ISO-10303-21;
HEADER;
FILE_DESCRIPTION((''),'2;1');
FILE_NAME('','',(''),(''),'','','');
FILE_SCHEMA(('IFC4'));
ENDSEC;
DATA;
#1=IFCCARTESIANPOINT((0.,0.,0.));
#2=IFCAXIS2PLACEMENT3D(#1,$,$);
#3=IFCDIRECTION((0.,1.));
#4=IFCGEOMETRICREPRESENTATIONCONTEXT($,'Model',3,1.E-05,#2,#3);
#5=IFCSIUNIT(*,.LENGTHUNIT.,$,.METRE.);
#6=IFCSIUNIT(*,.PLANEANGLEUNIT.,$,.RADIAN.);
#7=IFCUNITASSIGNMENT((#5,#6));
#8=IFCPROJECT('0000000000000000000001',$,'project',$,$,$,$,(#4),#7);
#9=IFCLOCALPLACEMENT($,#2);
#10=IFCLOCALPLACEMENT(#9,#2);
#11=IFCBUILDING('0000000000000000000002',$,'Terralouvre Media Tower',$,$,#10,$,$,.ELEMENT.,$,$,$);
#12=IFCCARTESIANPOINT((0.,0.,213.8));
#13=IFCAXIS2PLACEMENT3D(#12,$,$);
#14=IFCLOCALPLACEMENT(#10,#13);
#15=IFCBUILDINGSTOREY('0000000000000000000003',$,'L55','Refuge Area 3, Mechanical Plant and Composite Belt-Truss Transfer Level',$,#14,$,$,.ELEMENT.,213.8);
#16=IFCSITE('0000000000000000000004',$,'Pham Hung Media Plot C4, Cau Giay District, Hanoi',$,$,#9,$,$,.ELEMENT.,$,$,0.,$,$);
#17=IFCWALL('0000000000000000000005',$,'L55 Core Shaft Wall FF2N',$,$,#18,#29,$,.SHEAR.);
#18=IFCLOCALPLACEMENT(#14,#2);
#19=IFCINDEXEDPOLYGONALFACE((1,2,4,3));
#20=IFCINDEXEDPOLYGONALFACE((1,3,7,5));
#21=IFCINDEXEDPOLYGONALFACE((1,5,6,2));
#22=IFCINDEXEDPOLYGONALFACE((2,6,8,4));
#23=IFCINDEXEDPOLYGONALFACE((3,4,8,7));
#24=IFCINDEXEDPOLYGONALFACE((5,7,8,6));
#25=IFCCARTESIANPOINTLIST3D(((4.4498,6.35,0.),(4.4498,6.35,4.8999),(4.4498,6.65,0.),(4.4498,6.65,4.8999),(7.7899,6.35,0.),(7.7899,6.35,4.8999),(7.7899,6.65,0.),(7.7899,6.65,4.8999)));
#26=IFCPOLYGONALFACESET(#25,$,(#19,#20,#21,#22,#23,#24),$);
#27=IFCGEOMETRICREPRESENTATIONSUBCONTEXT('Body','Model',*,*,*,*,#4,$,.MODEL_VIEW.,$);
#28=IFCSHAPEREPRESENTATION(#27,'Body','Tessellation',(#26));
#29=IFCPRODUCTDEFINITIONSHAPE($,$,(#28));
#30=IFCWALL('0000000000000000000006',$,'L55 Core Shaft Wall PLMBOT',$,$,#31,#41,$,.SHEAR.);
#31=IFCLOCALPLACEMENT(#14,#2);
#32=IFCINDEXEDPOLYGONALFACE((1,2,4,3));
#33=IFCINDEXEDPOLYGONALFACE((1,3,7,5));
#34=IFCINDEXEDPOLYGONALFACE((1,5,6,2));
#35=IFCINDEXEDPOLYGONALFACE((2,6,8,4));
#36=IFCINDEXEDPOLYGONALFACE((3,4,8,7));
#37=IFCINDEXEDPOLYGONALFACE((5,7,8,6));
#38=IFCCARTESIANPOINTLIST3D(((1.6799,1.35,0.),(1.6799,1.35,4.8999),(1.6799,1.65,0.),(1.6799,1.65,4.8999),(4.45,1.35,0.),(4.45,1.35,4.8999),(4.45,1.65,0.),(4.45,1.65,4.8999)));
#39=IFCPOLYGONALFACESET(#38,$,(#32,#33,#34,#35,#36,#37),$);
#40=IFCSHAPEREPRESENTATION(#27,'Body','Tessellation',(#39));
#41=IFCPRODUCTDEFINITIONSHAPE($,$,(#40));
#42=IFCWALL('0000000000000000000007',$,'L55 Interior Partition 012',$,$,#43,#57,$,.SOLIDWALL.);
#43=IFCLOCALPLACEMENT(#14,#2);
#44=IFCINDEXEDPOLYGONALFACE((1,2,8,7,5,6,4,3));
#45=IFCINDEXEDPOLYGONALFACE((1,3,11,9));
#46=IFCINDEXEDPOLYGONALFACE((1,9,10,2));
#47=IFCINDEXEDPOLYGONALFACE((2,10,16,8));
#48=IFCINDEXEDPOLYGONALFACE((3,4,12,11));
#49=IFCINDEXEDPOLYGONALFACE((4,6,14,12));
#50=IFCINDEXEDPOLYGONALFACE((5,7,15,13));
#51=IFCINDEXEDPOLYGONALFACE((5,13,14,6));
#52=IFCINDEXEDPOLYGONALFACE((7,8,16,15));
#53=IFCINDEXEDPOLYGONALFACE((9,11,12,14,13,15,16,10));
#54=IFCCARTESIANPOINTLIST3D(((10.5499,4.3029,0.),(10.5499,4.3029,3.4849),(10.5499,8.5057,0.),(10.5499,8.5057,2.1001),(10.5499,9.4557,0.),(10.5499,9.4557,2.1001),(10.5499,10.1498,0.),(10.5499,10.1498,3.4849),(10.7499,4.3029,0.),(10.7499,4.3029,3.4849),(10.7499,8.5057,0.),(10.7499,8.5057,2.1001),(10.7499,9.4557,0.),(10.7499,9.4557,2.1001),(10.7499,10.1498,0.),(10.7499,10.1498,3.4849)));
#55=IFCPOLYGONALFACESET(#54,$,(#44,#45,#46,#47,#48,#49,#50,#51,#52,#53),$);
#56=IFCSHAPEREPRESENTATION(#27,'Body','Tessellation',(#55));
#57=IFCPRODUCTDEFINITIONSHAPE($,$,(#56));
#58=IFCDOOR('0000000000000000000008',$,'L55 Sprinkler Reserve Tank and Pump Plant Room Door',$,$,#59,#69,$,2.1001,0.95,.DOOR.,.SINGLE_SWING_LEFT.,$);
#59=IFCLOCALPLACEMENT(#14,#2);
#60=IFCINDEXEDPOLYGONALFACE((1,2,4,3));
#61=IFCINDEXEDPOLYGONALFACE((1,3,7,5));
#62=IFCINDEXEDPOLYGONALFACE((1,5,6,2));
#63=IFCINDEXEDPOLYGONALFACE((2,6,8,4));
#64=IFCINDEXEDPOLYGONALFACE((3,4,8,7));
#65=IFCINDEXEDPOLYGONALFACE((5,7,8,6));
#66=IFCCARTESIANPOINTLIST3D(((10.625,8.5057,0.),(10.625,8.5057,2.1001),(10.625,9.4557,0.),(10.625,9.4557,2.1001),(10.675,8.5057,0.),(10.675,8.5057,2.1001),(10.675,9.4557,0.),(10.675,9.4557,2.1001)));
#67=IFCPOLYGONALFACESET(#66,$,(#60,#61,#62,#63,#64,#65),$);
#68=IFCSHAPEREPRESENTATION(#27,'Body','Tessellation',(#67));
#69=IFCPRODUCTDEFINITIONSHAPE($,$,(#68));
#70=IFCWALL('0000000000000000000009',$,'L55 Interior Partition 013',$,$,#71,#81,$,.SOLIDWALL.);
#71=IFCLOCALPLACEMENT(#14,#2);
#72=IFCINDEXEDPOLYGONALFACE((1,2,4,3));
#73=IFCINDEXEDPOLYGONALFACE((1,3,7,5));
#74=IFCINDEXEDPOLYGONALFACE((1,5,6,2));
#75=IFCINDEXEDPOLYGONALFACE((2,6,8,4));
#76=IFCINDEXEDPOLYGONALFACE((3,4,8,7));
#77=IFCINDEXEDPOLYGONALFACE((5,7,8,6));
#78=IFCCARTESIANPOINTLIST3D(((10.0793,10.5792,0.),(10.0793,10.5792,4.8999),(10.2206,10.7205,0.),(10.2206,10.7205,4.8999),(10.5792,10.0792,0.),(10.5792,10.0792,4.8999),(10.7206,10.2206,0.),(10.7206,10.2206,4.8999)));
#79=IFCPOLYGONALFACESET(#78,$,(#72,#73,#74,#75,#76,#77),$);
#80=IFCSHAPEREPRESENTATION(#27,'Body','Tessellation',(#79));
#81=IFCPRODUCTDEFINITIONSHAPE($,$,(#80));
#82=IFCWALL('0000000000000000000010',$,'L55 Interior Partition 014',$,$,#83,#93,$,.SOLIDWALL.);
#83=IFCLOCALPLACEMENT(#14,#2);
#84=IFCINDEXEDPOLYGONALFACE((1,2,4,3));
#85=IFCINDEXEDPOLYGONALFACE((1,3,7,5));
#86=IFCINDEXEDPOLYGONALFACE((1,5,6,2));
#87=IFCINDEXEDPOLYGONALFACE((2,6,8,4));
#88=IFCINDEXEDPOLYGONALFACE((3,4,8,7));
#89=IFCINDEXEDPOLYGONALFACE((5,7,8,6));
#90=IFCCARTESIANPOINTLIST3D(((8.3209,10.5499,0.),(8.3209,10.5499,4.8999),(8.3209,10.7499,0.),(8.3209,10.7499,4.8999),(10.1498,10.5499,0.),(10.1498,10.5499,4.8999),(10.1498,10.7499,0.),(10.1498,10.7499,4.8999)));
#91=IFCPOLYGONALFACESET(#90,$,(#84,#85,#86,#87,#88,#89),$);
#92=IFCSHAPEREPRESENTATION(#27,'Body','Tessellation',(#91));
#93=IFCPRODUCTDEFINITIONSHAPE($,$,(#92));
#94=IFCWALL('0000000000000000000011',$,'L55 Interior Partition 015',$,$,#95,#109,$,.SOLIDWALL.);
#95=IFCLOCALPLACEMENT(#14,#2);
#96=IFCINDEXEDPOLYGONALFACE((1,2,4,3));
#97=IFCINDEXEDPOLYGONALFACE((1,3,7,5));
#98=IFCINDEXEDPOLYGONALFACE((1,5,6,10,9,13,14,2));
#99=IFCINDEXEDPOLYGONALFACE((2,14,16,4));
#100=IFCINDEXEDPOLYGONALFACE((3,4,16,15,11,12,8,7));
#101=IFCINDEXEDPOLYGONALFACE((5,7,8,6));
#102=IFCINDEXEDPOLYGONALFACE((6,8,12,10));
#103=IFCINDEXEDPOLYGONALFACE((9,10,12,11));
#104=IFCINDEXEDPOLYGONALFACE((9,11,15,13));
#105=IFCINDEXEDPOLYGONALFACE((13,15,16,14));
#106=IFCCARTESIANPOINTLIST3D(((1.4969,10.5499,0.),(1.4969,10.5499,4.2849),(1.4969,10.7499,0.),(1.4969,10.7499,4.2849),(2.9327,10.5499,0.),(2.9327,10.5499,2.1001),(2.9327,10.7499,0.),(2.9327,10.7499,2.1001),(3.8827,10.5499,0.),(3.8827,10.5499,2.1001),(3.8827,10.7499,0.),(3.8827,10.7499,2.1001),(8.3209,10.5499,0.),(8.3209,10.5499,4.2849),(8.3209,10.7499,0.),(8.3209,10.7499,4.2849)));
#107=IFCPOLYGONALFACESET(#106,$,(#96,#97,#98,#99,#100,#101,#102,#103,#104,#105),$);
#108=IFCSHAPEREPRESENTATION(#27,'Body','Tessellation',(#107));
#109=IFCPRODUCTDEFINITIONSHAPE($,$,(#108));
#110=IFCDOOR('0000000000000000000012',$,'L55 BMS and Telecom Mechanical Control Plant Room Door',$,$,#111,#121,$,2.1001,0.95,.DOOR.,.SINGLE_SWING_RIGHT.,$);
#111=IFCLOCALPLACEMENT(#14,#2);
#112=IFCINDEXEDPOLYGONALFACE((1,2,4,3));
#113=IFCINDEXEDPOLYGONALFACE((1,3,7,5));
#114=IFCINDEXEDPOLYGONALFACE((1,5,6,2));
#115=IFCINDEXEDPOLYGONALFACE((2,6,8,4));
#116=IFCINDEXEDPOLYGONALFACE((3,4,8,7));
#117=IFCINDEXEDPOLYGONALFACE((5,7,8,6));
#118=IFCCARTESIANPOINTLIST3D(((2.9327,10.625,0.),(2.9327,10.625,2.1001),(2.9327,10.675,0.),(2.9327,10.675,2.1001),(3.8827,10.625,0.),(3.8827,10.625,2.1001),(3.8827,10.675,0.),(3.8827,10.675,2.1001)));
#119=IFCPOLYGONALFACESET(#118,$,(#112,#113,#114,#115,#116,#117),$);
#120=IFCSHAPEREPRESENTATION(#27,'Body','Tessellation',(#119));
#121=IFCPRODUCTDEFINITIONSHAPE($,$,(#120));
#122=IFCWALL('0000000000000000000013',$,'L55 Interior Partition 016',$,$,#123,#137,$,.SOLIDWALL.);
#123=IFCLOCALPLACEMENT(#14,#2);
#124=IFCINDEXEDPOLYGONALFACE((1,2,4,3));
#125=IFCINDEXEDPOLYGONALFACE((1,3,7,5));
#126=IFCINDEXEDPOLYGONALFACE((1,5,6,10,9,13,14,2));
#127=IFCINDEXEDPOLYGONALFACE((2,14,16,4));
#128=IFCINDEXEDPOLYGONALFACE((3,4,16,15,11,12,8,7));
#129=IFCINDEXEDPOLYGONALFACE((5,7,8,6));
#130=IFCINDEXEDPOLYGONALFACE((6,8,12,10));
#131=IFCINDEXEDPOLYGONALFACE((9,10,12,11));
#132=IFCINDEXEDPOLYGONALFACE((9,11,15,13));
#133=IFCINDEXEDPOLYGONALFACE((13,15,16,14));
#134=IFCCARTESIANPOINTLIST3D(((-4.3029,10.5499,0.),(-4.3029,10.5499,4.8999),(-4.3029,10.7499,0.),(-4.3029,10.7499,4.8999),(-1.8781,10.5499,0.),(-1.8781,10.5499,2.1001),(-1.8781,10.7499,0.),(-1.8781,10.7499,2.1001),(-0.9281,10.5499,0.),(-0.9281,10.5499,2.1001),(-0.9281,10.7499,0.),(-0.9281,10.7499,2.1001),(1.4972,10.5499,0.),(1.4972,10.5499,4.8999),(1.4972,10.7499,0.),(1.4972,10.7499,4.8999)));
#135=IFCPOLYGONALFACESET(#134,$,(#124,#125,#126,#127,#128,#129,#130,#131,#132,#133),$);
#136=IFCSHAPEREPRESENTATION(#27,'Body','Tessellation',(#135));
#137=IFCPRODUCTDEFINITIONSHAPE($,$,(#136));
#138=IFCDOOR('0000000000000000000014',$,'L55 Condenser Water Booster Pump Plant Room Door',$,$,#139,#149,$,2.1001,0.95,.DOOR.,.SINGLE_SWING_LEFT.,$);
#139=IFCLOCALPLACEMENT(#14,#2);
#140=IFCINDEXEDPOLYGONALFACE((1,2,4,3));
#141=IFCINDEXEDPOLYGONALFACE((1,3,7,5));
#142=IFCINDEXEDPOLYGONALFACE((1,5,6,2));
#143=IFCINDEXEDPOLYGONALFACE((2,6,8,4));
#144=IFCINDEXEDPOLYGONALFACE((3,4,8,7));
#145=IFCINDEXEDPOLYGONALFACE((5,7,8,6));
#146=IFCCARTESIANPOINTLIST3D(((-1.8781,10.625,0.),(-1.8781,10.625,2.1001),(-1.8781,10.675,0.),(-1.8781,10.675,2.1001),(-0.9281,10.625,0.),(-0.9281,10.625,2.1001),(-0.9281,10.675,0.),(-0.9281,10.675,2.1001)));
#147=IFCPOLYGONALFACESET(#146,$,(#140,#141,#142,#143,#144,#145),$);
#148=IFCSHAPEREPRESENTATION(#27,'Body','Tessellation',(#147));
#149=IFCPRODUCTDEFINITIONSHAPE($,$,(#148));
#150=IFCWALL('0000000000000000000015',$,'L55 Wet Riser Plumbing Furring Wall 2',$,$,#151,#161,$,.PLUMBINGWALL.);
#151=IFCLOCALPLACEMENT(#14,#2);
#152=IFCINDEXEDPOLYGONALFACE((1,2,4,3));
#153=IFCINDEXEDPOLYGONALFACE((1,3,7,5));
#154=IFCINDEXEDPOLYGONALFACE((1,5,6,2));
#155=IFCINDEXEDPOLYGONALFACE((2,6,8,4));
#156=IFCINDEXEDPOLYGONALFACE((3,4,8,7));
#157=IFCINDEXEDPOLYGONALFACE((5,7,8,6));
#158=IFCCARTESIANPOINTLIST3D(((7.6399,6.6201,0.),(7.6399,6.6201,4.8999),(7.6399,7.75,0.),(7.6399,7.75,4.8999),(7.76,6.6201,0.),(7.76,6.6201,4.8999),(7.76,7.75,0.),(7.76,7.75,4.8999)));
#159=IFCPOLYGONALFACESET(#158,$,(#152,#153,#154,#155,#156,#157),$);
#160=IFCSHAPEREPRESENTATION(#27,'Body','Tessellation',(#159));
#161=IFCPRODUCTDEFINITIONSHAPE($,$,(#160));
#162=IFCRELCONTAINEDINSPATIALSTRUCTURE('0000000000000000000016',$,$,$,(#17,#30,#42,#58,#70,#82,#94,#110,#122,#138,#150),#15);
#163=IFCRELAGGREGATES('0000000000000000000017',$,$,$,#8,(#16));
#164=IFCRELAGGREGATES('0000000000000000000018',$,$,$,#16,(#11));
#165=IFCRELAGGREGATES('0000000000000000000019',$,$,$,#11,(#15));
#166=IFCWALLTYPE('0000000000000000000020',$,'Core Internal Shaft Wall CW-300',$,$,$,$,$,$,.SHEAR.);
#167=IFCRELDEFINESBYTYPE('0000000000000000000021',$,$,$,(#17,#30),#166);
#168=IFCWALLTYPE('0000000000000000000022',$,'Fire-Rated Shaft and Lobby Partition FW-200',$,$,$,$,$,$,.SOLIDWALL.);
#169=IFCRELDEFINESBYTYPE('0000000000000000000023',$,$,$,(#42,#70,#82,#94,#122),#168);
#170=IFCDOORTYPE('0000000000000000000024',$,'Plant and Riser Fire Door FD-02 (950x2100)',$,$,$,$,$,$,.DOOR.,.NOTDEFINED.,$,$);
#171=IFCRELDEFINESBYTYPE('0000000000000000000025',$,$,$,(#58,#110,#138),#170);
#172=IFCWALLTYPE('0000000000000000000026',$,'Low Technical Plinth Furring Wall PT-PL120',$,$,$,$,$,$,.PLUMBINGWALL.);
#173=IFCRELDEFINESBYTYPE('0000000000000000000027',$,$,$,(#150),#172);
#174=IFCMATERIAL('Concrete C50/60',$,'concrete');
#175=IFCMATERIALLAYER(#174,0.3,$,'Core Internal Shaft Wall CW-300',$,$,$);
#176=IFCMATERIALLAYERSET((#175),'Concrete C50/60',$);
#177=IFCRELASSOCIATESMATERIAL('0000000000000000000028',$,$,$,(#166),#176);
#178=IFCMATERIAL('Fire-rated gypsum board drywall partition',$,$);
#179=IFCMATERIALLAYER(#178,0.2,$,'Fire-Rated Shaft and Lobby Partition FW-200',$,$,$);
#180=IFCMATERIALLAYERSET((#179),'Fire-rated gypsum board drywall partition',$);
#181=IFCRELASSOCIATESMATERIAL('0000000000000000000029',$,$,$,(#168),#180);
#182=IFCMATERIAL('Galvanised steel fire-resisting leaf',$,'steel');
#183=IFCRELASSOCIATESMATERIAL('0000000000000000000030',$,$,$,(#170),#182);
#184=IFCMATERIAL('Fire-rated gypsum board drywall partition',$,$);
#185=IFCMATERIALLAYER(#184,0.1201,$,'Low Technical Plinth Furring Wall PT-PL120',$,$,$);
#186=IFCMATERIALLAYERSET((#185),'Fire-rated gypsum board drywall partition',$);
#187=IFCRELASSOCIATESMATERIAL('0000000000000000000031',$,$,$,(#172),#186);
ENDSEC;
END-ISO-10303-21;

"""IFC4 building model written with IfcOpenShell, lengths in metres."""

from ifc_helpers import new_model, si_unit, direction, frame, frame_2d, origin, place, context, subcontext, project, spatial, rectangle, extrude, material, layer, layer_set, type_object, element, fill, save


model = new_model("IFC4")

# Units and contexts
model_context = context("Model", 3, precision=1e-05, world=origin(), true_north=direction((0.0, 1.0)))
body_context = subcontext(model_context, "Body", "Model", "MODEL_VIEW")
ifc_project = project(units=[si_unit("LENGTHUNIT", "METRE"), si_unit("PLANEANGLEUNIT", "RADIAN")], contexts=[model_context])

# Site, building, storey
site_placement = place(None, origin())
site = spatial("IfcSite", under=ifc_project, at=site_placement, Name="Pham Hung Media Plot C4, Cau Giay District, Hanoi", CompositionType="ELEMENT", RefElevation=0.0)
building_placement = place(site_placement, origin())
building = spatial("IfcBuilding", under=site, at=building_placement, Name="Terralouvre Media Tower", CompositionType="ELEMENT")
storey_placement = place(building_placement, frame((0.0, 0.0, 213.8)))
storey = spatial("IfcBuildingStorey", under=building, at=storey_placement, Name="L55", Description="Refuge Area 3, Mechanical Plant and Composite Belt-Truss Transfer Level", CompositionType="ELEMENT", Elevation=213.8)

# Shared definitions
ifc_material_1 = material(Name="Concrete C50/60", Category="concrete")
ifc_layer_1 = layer(ifc_material_1, 0.3, Name="Core Internal Shaft Wall CW-300")
ifc_layer_set_1 = layer_set([ifc_layer_1], Name="Concrete C50/60")
wall_type_1 = type_object("IfcWallType", Name="Core Internal Shaft Wall CW-300", PredefinedType="SHEAR", material=ifc_layer_set_1)

# Walls
wall_1_placement = place(storey_placement, frame((4.45, 6.5, 0.0), z_axis=(0.0, 0.0, 1.0), x_axis=(1.0, 0.0, 0.0)))
element("IfcWall", 1, at=wall_1_placement, inside=storey, type_object=wall_type_1, Name="L55 Core Shaft Wall FF2N", PredefinedType="SHEAR", context=body_context, shape_type="SweptSolid", body=[
    extrude(rectangle(XDim=3.3401, YDim=0.3, at=frame_2d((1.6699, 0.0))), origin(), (0.0, 0.0, 1.0), 4.8999),
])
wall_2_placement = place(storey_placement, frame((1.6799, 1.5, 0.0), z_axis=(0.0, 0.0, 1.0), x_axis=(1.0, 0.0, 0.0)))
element("IfcWall", 2, at=wall_2_placement, inside=storey, type_object=wall_type_1, Name="L55 Core Shaft Wall PLMBOT", PredefinedType="SHEAR", context=body_context, shape_type="SweptSolid", body=[
    extrude(rectangle(XDim=2.77, YDim=0.3, at=frame_2d((1.385, 0.0))), origin(), (0.0, 0.0, 1.0), 4.8999),
])

# Wall, opening, door
ifc_material_2 = material(Name="Fire-rated gypsum board drywall partition")
ifc_layer_2 = layer(ifc_material_2, 0.2, Name="Fire-Rated Shaft and Lobby Partition FW-200")
ifc_layer_set_2 = layer_set([ifc_layer_2], Name="Fire-rated gypsum board drywall partition")
wall_type_2 = type_object("IfcWallType", Name="Fire-Rated Shaft and Lobby Partition FW-200", PredefinedType="SOLIDWALL", material=ifc_layer_set_2)
wall_3_placement = place(storey_placement, frame((10.6499, 4.303, 0.0), z_axis=(0.0, 0.0, 1.0), x_axis=(0.0, 1.0, 0.0)))
wall_3 = element("IfcWall", 3, at=wall_3_placement, inside=storey, type_object=wall_type_2, Name="L55 Interior Partition 012", PredefinedType="SOLIDWALL", context=body_context, shape_type="SweptSolid", body=[
    extrude(rectangle(XDim=5.8469, YDim=0.2, at=frame_2d((2.9233, 0.0))), origin(), (0.0, 0.0, 1.0), 3.4849),
])
opening_1_placement = place(wall_3_placement, frame((4.2026, 0.0, 0.0)))
opening_1 = element("IfcOpeningElement", 4, at=opening_1_placement, cuts=wall_3, PredefinedType="OPENING", context=body_context, shape_type="SweptSolid", body=[
    extrude(rectangle(XDim=0.95, YDim=2.1001, at=frame_2d((0.4751, 1.05))), frame((0.0, 0.1099, 0.0), z_axis=(0.0, -1.0, 0.0), x_axis=(1.0, 0.0, 0.0)), (0.0, 0.0, 1.0), 0.22),
])
ifc_material_3 = material(Name="Galvanised steel fire-resisting leaf", Category="steel")
door_type_1 = type_object("IfcDoorType", Name="Plant and Riser Fire Door FD-02 (950x2100)", OperationType="NOTDEFINED", PredefinedType="DOOR", material=ifc_material_3)
door_1_placement = place(opening_1_placement, origin())
door_1 = element("IfcDoor", 5, at=door_1_placement, inside=storey, type_object=door_type_1, Name="L55 Sprinkler Reserve Tank and Pump Plant Room Door", OperationType="SINGLE_SWING_LEFT", OverallHeight=2.1001, OverallWidth=0.95, PredefinedType="DOOR", context=body_context, shape_type="SweptSolid", body=[
    extrude(rectangle(XDim=0.95, YDim=2.1001, at=frame_2d((0.4751, 1.05))), frame((0.0, 0.0249, 0.0), z_axis=(0.0, -1.0, 0.0), x_axis=(1.0, 0.0, 0.0)), (0.0, 0.0, 1.0), 0.05),
])
fill(opening_1, door_1)

# Walls
wall_4_placement = place(storey_placement, frame((10.6499, 10.1499, 0.0), z_axis=(0.0, 0.0, 1.0), x_axis=(-0.707107, 0.707107, 0.0)))
element("IfcWall", 6, at=wall_4_placement, inside=storey, type_object=wall_type_2, Name="L55 Interior Partition 013", PredefinedType="SOLIDWALL", context=body_context, shape_type="SweptSolid", body=[
    extrude(rectangle(XDim=0.707, YDim=0.2, at=frame_2d((0.3535, 0.0))), origin(), (0.0, 0.0, 1.0), 4.8999),
])
wall_5_placement = place(storey_placement, frame((10.1499, 10.6499, 0.0), z_axis=(0.0, 0.0, 1.0), x_axis=(-1.0, 0.0, 0.0)))
element("IfcWall", 7, at=wall_5_placement, inside=storey, type_object=wall_type_2, Name="L55 Interior Partition 014", PredefinedType="SOLIDWALL", context=body_context, shape_type="SweptSolid", body=[
    extrude(rectangle(XDim=1.8289, YDim=0.2, at=frame_2d((0.9146, 0.0))), origin(), (0.0, 0.0, 1.0), 4.8999),
])

# Walls, openings, doors
wall_6_placement = place(storey_placement, frame((8.321, 10.6499, 0.0), z_axis=(0.0, 0.0, 1.0), x_axis=(-1.0, 0.0, 0.0)))
wall_6 = element("IfcWall", 8, at=wall_6_placement, inside=storey, type_object=wall_type_2, Name="L55 Interior Partition 015", PredefinedType="SOLIDWALL", context=body_context, shape_type="SweptSolid", body=[
    extrude(rectangle(XDim=6.824, YDim=0.2, at=frame_2d((3.4121, 0.0))), origin(), (0.0, 0.0, 1.0), 4.2849),
])
opening_2_placement = place(wall_6_placement, frame((4.4382, 0.0, 0.0)))
opening_2 = element("IfcOpeningElement", 9, at=opening_2_placement, cuts=wall_6, PredefinedType="OPENING", context=body_context, shape_type="SweptSolid", body=[
    extrude(rectangle(XDim=0.95, YDim=2.1001, at=frame_2d((0.4751, 1.05))), frame((0.0, 0.1099, 0.0), z_axis=(0.0, -1.0, 0.0), x_axis=(1.0, 0.0, 0.0)), (0.0, 0.0, 1.0), 0.22),
])
door_2_placement = place(opening_2_placement, origin())
door_2 = element("IfcDoor", 10, at=door_2_placement, inside=storey, type_object=door_type_1, Name="L55 BMS and Telecom Mechanical Control Plant Room Door", OperationType="SINGLE_SWING_RIGHT", OverallHeight=2.1001, OverallWidth=0.95, PredefinedType="DOOR", context=body_context, shape_type="SweptSolid", body=[
    extrude(rectangle(XDim=0.95, YDim=2.1001, at=frame_2d((0.4751, 1.05))), frame((0.0, 0.0249, 0.0), z_axis=(0.0, -1.0, 0.0), x_axis=(1.0, 0.0, 0.0)), (0.0, 0.0, 1.0), 0.05),
])
fill(opening_2, door_2)
wall_7_placement = place(storey_placement, frame((1.4971, 10.6499, 0.0), z_axis=(0.0, 0.0, 1.0), x_axis=(-1.0, 0.0, 0.0)))
wall_7 = element("IfcWall", 11, at=wall_7_placement, inside=storey, type_object=wall_type_2, Name="L55 Interior Partition 016", PredefinedType="SOLIDWALL", context=body_context, shape_type="SweptSolid", body=[
    extrude(rectangle(XDim=5.8, YDim=0.2, at=frame_2d((2.8999, 0.0))), origin(), (0.0, 0.0, 1.0), 4.8999),
])
opening_3_placement = place(wall_7_placement, frame((2.425, 0.0, 0.0)))
opening_3 = element("IfcOpeningElement", 12, at=opening_3_placement, cuts=wall_7, PredefinedType="OPENING", context=body_context, shape_type="SweptSolid", body=[
    extrude(rectangle(XDim=0.95, YDim=2.1001, at=frame_2d((0.4751, 1.05))), frame((0.0, 0.1099, 0.0), z_axis=(0.0, -1.0, 0.0), x_axis=(1.0, 0.0, 0.0)), (0.0, 0.0, 1.0), 0.22),
])
door_3_placement = place(opening_3_placement, origin())
door_3 = element("IfcDoor", 13, at=door_3_placement, inside=storey, type_object=door_type_1, Name="L55 Condenser Water Booster Pump Plant Room Door", OperationType="SINGLE_SWING_LEFT", OverallHeight=2.1001, OverallWidth=0.95, PredefinedType="DOOR", context=body_context, shape_type="SweptSolid", body=[
    extrude(rectangle(XDim=0.95, YDim=2.1001, at=frame_2d((0.4751, 1.05))), frame((0.0, 0.0249, 0.0), z_axis=(0.0, -1.0, 0.0), x_axis=(1.0, 0.0, 0.0)), (0.0, 0.0, 1.0), 0.05),
])
fill(opening_3, door_3)

# Wall
ifc_material_4 = material(Name="Fire-rated gypsum board drywall partition")
ifc_layer_3 = layer(ifc_material_4, 0.1201, Name="Low Technical Plinth Furring Wall PT-PL120")
ifc_layer_set_3 = layer_set([ifc_layer_3], Name="Fire-rated gypsum board drywall partition")
wall_type_3 = type_object("IfcWallType", Name="Low Technical Plinth Furring Wall PT-PL120", PredefinedType="PLUMBINGWALL", material=ifc_layer_set_3)
wall_8_placement = place(storey_placement, frame((7.7, 6.6201, 0.0), z_axis=(0.0, 0.0, 1.0), x_axis=(0.0, 1.0, 0.0)))
element("IfcWall", 14, at=wall_8_placement, inside=storey, type_object=wall_type_3, Name="L55 Wet Riser Plumbing Furring Wall 2", PredefinedType="PLUMBINGWALL", context=body_context, shape_type="SweptSolid", body=[
    extrude(rectangle(XDim=1.1299, YDim=0.1201, at=frame_2d((0.5649, 0.0))), origin(), (0.0, 0.0, 1.0), 4.8999),
])

save(model, "model.ifc")
